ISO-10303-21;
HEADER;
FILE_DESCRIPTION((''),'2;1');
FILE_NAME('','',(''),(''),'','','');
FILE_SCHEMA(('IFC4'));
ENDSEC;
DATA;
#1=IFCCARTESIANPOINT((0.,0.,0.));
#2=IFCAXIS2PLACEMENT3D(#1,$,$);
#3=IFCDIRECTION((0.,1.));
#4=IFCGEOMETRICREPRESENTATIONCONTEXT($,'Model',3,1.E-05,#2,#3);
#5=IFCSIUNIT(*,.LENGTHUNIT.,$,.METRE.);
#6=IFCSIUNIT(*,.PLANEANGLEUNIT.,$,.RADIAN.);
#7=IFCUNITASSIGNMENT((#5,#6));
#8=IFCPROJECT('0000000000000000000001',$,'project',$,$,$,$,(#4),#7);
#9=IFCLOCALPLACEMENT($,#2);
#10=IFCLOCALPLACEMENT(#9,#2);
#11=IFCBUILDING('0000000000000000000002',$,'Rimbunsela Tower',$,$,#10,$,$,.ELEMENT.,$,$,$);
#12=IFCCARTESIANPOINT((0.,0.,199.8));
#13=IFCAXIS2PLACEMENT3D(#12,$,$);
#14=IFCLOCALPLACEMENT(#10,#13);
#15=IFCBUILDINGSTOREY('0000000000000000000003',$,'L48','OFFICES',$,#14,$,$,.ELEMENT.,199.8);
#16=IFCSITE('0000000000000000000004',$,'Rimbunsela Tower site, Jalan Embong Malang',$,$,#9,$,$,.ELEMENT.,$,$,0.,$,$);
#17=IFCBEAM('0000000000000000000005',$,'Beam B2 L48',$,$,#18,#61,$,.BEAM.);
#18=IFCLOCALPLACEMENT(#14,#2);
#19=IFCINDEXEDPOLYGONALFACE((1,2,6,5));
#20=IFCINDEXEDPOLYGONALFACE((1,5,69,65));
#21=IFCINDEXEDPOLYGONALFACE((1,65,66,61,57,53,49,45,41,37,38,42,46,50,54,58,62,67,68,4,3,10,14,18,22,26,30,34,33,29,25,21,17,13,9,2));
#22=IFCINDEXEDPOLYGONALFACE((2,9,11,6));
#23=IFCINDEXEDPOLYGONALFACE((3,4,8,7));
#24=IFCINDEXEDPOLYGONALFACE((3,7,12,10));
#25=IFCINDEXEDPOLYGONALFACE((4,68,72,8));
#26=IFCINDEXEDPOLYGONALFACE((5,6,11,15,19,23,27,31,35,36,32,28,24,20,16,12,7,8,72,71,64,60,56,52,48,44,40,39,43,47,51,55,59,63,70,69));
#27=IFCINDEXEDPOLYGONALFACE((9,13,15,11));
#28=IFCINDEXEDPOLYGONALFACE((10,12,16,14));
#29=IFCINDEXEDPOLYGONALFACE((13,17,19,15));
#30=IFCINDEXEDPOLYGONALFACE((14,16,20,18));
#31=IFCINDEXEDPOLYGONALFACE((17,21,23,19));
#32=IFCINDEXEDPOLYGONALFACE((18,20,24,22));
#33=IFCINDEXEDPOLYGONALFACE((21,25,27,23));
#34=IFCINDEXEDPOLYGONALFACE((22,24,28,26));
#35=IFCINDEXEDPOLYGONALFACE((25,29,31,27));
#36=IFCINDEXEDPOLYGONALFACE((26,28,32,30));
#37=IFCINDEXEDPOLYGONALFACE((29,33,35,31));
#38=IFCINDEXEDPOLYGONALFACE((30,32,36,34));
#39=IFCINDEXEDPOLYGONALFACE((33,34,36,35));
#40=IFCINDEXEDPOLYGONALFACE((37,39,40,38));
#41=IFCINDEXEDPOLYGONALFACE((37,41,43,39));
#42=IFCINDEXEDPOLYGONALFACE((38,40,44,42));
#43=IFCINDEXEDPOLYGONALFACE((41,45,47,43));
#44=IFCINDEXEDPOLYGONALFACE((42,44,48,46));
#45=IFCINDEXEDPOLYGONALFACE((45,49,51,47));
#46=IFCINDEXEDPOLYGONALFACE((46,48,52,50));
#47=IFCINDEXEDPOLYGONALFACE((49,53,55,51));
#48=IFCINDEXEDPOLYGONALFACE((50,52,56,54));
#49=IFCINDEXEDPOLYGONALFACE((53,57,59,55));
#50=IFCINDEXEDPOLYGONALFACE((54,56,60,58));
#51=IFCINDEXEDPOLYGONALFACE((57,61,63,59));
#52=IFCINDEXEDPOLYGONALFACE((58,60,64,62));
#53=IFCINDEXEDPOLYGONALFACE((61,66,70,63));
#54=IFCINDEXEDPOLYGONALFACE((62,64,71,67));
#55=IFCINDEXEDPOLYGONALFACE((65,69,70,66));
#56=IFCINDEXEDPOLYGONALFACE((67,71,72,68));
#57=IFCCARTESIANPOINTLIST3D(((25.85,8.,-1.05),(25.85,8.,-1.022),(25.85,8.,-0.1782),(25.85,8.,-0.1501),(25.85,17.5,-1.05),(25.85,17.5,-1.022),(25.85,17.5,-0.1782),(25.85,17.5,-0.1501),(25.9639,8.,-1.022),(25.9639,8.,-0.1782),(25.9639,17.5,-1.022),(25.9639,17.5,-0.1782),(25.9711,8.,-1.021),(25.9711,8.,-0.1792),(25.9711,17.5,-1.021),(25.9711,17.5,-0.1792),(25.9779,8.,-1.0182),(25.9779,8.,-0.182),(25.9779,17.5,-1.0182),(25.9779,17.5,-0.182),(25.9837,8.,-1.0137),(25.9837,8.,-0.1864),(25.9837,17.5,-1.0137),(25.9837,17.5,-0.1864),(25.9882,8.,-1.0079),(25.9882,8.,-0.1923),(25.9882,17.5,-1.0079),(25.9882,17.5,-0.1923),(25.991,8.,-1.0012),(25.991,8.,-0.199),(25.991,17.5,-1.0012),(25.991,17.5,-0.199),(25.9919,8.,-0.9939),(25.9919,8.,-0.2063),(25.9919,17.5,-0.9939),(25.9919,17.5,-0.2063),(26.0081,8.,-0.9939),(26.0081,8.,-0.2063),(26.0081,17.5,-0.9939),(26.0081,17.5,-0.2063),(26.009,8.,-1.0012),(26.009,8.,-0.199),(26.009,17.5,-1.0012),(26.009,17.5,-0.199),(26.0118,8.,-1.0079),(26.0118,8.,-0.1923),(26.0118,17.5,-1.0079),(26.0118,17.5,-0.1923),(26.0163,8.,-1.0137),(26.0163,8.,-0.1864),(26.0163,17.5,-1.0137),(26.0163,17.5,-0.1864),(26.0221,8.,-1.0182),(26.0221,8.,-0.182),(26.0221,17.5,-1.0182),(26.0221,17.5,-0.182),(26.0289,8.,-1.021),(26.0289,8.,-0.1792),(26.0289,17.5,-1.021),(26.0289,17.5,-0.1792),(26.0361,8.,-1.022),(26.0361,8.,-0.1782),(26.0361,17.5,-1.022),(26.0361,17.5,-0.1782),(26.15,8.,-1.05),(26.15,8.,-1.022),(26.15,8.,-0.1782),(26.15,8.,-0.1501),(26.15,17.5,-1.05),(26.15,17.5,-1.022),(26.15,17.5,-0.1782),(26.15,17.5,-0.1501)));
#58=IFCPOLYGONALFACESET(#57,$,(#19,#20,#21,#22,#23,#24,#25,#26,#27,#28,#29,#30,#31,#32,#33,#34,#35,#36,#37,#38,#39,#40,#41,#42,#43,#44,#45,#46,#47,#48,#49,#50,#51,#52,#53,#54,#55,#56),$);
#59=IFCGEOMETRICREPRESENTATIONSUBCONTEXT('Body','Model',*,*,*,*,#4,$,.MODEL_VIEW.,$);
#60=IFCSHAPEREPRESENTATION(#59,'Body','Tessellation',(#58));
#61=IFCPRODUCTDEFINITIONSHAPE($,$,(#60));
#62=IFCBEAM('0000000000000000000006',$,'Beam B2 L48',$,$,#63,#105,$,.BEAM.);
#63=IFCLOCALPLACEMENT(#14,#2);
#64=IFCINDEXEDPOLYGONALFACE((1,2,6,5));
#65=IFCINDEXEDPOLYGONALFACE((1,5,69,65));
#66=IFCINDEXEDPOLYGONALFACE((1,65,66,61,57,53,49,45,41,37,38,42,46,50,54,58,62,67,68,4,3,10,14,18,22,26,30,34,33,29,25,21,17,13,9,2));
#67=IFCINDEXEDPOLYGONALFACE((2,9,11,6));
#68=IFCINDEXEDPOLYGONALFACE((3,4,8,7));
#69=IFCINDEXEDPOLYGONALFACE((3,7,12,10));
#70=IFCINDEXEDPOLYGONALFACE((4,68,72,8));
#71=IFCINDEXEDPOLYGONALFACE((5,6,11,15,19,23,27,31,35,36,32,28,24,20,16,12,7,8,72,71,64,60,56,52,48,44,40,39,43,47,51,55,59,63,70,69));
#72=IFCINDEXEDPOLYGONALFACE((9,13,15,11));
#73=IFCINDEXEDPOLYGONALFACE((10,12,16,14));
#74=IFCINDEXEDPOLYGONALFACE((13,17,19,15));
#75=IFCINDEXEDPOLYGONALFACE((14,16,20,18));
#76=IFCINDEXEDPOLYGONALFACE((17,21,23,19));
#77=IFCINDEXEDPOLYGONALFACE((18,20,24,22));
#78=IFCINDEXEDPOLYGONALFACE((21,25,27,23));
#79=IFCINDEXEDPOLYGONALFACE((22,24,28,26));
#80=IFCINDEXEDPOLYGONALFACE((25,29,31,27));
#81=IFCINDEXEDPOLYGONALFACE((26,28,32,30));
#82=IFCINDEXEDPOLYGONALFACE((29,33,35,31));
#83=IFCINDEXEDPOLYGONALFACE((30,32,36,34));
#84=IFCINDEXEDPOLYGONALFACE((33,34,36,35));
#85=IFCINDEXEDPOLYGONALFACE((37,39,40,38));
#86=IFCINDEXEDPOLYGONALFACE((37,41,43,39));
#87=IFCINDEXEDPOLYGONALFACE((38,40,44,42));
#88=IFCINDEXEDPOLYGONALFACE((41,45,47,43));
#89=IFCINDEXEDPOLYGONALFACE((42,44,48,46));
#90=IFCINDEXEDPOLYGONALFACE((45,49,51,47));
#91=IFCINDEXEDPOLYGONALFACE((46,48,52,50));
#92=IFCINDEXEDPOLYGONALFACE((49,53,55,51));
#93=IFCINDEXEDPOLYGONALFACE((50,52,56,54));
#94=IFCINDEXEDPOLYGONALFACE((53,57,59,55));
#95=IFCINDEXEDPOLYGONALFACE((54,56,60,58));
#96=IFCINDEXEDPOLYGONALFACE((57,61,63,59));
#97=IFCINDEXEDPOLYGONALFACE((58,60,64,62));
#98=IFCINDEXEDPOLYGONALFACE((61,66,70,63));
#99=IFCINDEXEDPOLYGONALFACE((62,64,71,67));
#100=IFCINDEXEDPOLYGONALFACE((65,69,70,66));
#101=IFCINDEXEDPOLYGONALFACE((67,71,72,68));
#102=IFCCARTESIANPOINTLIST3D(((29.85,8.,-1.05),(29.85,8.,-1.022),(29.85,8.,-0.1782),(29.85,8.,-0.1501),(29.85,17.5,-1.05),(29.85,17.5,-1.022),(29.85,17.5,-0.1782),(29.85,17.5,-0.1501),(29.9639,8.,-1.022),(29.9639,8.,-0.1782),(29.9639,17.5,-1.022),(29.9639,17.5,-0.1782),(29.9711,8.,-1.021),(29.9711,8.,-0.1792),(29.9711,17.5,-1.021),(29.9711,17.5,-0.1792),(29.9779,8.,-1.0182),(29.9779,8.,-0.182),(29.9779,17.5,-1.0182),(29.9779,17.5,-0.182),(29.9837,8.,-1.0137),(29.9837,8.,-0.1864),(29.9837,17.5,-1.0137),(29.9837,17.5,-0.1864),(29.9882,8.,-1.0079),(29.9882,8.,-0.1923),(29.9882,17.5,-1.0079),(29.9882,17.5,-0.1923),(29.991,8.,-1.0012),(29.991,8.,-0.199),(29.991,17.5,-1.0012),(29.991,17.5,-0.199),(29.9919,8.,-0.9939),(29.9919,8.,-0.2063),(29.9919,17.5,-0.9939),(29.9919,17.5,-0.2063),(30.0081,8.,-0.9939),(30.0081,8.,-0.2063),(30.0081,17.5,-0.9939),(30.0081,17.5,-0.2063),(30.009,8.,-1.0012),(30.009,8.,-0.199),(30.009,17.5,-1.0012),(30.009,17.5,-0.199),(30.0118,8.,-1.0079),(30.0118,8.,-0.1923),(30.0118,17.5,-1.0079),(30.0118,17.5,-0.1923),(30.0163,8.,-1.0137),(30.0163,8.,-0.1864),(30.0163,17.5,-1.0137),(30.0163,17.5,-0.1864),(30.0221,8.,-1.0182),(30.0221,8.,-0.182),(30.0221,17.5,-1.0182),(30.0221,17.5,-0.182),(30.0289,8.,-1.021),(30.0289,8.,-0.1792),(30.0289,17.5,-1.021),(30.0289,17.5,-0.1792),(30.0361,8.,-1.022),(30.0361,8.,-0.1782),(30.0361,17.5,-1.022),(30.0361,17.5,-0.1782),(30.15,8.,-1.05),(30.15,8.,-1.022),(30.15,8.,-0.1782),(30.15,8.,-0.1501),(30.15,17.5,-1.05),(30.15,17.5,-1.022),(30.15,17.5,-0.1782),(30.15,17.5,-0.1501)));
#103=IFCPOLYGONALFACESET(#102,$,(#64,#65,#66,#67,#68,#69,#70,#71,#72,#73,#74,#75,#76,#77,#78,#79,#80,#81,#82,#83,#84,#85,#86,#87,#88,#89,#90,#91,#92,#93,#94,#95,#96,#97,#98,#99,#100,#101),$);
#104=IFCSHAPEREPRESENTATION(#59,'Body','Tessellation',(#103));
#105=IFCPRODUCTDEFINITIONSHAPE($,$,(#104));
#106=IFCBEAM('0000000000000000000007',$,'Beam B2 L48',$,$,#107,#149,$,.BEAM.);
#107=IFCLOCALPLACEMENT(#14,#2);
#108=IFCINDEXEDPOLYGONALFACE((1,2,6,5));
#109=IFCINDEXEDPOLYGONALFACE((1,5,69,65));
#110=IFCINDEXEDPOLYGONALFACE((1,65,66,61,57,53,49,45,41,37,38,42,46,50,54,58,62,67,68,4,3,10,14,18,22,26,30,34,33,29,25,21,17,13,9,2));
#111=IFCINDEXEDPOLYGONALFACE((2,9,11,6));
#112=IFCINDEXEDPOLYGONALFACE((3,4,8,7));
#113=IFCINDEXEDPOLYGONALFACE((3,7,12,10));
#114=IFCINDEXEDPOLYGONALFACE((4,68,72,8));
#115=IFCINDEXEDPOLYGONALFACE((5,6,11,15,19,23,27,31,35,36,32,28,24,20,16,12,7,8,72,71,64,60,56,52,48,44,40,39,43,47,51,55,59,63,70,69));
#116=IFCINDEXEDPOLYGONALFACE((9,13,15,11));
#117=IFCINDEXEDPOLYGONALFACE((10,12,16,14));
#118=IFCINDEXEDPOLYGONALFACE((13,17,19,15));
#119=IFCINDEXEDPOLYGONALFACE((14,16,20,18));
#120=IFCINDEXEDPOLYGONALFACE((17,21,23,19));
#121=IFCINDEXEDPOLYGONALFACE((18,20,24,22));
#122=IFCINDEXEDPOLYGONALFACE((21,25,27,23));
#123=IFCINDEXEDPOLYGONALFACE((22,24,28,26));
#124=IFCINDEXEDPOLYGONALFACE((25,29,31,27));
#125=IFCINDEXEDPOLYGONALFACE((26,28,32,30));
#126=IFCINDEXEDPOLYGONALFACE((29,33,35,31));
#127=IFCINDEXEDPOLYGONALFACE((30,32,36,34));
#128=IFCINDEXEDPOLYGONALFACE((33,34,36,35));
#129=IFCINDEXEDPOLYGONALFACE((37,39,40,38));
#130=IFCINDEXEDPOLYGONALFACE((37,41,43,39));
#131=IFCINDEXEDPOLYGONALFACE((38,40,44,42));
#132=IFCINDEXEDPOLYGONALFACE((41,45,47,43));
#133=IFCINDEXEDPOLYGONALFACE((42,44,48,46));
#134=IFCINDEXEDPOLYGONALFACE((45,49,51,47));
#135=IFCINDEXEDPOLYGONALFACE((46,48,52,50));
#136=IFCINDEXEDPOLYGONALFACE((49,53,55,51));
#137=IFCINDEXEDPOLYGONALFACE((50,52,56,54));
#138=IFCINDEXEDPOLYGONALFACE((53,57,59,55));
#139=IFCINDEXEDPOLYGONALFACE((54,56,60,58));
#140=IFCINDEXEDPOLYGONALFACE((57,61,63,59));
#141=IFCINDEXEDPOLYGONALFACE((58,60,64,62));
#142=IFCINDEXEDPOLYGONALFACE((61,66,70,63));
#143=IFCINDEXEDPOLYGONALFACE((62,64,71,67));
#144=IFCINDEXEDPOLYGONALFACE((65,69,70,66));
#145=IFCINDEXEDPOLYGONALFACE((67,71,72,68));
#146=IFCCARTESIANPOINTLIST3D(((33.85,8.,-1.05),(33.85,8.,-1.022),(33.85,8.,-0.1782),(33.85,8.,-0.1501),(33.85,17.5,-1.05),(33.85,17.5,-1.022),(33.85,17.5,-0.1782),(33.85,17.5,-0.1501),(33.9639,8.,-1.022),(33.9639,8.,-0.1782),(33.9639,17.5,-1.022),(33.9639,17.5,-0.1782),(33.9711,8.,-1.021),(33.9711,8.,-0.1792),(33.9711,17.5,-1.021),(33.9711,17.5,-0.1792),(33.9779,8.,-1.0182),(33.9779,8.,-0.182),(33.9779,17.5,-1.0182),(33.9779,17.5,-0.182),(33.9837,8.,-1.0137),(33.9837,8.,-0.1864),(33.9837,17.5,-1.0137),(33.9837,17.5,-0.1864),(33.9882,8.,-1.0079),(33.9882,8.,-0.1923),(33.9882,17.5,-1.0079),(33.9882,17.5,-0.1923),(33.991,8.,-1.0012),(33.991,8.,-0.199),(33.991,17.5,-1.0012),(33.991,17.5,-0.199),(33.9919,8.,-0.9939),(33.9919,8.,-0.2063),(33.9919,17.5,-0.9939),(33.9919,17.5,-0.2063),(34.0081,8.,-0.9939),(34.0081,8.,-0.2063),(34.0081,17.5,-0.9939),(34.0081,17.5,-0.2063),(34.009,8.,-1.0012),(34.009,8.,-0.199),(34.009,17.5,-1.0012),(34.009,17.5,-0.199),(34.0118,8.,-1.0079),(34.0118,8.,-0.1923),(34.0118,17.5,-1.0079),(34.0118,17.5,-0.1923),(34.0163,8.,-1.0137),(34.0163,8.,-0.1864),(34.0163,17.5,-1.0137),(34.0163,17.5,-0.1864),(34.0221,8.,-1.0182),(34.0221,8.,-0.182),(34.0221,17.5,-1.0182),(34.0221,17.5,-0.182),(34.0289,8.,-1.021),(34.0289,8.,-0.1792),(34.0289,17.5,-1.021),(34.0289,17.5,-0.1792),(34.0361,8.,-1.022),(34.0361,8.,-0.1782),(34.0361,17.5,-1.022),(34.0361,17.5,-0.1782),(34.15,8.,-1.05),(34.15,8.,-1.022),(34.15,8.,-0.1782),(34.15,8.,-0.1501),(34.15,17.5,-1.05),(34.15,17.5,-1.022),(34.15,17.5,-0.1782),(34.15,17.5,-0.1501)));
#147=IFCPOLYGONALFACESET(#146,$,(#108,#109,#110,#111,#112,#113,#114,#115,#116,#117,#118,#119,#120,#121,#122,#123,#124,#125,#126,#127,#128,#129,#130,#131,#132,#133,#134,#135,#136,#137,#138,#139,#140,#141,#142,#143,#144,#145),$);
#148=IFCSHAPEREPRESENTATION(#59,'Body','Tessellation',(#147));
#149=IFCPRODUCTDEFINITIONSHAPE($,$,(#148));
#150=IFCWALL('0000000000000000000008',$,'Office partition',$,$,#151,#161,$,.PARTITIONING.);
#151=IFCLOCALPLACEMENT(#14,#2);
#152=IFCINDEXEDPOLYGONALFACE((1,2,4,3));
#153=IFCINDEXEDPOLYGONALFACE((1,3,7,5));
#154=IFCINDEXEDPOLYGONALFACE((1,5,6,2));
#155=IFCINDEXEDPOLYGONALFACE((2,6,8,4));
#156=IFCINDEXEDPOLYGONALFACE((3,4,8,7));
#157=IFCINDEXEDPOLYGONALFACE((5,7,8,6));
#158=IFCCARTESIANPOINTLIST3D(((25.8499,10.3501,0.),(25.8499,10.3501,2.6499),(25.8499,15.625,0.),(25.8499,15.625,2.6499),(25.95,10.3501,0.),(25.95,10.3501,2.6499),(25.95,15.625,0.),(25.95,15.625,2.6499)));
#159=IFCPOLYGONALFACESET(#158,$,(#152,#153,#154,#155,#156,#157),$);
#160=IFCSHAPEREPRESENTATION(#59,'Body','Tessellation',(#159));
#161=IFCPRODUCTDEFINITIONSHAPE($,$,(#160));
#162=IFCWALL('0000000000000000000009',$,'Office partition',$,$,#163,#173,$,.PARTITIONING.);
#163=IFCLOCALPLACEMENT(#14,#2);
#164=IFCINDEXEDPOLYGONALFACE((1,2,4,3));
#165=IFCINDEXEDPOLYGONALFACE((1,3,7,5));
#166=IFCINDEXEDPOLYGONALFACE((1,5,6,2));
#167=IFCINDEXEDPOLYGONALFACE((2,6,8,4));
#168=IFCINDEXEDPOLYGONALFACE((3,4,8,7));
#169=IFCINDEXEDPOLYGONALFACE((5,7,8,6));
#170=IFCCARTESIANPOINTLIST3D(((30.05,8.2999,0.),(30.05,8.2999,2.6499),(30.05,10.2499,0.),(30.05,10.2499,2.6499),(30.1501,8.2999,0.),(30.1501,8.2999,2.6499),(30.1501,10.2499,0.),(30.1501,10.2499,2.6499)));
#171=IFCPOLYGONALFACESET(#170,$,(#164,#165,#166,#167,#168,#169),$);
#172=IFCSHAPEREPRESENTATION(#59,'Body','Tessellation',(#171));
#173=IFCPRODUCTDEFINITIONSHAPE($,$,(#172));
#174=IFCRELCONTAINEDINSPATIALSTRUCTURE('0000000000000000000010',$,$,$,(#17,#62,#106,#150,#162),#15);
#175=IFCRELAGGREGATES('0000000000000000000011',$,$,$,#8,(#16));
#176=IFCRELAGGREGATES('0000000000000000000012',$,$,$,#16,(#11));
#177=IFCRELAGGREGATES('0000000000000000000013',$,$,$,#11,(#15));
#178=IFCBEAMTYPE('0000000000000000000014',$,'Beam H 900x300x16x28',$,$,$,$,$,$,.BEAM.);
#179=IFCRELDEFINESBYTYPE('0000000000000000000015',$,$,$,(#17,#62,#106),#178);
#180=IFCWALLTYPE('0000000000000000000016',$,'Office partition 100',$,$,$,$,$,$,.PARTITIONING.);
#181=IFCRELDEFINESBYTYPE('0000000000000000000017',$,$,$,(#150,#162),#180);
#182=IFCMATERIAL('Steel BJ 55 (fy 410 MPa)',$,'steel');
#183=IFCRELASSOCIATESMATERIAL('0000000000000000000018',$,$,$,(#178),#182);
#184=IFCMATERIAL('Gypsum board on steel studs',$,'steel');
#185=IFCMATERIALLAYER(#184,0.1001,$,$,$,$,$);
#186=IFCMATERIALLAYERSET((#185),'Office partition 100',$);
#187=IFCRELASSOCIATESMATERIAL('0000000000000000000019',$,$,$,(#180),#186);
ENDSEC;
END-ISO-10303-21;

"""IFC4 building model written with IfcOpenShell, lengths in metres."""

from ifc_helpers import new_model, si_unit, direction, frame, frame_2d, origin, origin_2d, place, context, subcontext, project, spatial, rectangle, i_section, extrude, material, layer, layer_set, material_profile, profile_set, type_object, element, save


model = new_model("IFC4")

# Units and contexts
model_context = context("Model", 3, precision=1e-05, world=origin(), true_north=direction((0.0, 1.0)))
body_context = subcontext(model_context, "Body", "Model", "MODEL_VIEW")
ifc_project = project(units=[si_unit("LENGTHUNIT", "METRE"), si_unit("PLANEANGLEUNIT", "RADIAN")], contexts=[model_context])

# Site, building, storey
site_placement = place(None, origin())
site = spatial("IfcSite", under=ifc_project, at=site_placement, Name="Rimbunsela Tower site, Jalan Embong Malang", CompositionType="ELEMENT", RefElevation=0.0)
building_placement = place(site_placement, origin())
building = spatial("IfcBuilding", under=site, at=building_placement, Name="Rimbunsela Tower", CompositionType="ELEMENT")
storey_placement = place(building_placement, frame((0.0, 0.0, 199.8)))
storey = spatial("IfcBuildingStorey", under=building, at=storey_placement, Name="L48", Description="OFFICES", CompositionType="ELEMENT", Elevation=199.8)

# Beams
ifc_material_1 = material(Name="Steel BJ 55 (fy 410 MPa)", Category="steel")
ifc_material_profile_1 = material_profile(ifc_material_1, i_section(OverallWidth=0.3, OverallDepth=0.8999, WebThickness=0.0161, FlangeThickness=0.0281, FilletRadius=0.0281, at=origin_2d()), Name="H 900x300x16x28")
ifc_profile_set_1 = profile_set([ifc_material_profile_1], Name="Steel BJ 55 (fy 410 MPa)")
beam_type_1 = type_object("IfcBeamType", Name="Beam H 900x300x16x28", PredefinedType="BEAM", material=ifc_profile_set_1)
for number, where, z_axis, x_axis, name in (
    (1, (26.0, 8.0, -0.6001), (0.0, 1.0, 0.0), (-1.0, 0.0, 0.0), "Beam B2 L48"),
    (2, (30.0, 8.0, -0.6001), (0.0, 1.0, 0.0), (-1.0, 0.0, 0.0), "Beam B2 L48"),
    (3, (34.0, 8.0, -0.6001), (0.0, 1.0, 0.0), (-1.0, 0.0, 0.0), "Beam B2 L48"),
):
    element("IfcBeam", number, at=place(storey_placement, frame(where, z_axis=z_axis, x_axis=x_axis)), inside=storey, type_object=beam_type_1, Name=name, PredefinedType="BEAM", context=body_context, shape_type="SweptSolid", body=[
        extrude(i_section(OverallWidth=0.3, OverallDepth=0.8999, WebThickness=0.0161, FlangeThickness=0.0281, FilletRadius=0.0281, at=origin_2d()), origin(), (0.0, 0.0, 1.0), 9.5),
    ])

# Walls
ifc_material_2 = material(Name="Gypsum board on steel studs", Category="steel")
ifc_layer_1 = layer(ifc_material_2, 0.1001)
ifc_layer_set_1 = layer_set([ifc_layer_1], Name="Office partition 100")
wall_type_1 = type_object("IfcWallType", Name="Office partition 100", PredefinedType="PARTITIONING", material=ifc_layer_set_1)
wall_1_placement = place(storey_placement, frame((25.8999, 10.3501, 0.0), z_axis=(0.0, 0.0, 1.0), x_axis=(0.0, 1.0, 0.0)))
element("IfcWall", 4, at=wall_1_placement, inside=storey, type_object=wall_type_1, Name="Office partition", PredefinedType="PARTITIONING", context=body_context, shape_type="SweptSolid", body=[
    extrude(rectangle(XDim=5.2749, YDim=0.1001, at=frame_2d((2.6375, 0.0))), origin(), (0.0, 0.0, 1.0), 2.6499),
])
wall_2_placement = place(storey_placement, frame((30.1001, 10.25, 0.0), z_axis=(0.0, 0.0, 1.0), x_axis=(0.0, -1.0, 0.0)))
element("IfcWall", 5, at=wall_2_placement, inside=storey, type_object=wall_type_1, Name="Office partition", PredefinedType="PARTITIONING", context=body_context, shape_type="SweptSolid", body=[
    extrude(rectangle(XDim=1.95, YDim=0.1001, at=frame_2d((0.9751, 0.0))), origin(), (0.0, 0.0, 1.0), 2.6499),
])

save(model, "model.ifc")
